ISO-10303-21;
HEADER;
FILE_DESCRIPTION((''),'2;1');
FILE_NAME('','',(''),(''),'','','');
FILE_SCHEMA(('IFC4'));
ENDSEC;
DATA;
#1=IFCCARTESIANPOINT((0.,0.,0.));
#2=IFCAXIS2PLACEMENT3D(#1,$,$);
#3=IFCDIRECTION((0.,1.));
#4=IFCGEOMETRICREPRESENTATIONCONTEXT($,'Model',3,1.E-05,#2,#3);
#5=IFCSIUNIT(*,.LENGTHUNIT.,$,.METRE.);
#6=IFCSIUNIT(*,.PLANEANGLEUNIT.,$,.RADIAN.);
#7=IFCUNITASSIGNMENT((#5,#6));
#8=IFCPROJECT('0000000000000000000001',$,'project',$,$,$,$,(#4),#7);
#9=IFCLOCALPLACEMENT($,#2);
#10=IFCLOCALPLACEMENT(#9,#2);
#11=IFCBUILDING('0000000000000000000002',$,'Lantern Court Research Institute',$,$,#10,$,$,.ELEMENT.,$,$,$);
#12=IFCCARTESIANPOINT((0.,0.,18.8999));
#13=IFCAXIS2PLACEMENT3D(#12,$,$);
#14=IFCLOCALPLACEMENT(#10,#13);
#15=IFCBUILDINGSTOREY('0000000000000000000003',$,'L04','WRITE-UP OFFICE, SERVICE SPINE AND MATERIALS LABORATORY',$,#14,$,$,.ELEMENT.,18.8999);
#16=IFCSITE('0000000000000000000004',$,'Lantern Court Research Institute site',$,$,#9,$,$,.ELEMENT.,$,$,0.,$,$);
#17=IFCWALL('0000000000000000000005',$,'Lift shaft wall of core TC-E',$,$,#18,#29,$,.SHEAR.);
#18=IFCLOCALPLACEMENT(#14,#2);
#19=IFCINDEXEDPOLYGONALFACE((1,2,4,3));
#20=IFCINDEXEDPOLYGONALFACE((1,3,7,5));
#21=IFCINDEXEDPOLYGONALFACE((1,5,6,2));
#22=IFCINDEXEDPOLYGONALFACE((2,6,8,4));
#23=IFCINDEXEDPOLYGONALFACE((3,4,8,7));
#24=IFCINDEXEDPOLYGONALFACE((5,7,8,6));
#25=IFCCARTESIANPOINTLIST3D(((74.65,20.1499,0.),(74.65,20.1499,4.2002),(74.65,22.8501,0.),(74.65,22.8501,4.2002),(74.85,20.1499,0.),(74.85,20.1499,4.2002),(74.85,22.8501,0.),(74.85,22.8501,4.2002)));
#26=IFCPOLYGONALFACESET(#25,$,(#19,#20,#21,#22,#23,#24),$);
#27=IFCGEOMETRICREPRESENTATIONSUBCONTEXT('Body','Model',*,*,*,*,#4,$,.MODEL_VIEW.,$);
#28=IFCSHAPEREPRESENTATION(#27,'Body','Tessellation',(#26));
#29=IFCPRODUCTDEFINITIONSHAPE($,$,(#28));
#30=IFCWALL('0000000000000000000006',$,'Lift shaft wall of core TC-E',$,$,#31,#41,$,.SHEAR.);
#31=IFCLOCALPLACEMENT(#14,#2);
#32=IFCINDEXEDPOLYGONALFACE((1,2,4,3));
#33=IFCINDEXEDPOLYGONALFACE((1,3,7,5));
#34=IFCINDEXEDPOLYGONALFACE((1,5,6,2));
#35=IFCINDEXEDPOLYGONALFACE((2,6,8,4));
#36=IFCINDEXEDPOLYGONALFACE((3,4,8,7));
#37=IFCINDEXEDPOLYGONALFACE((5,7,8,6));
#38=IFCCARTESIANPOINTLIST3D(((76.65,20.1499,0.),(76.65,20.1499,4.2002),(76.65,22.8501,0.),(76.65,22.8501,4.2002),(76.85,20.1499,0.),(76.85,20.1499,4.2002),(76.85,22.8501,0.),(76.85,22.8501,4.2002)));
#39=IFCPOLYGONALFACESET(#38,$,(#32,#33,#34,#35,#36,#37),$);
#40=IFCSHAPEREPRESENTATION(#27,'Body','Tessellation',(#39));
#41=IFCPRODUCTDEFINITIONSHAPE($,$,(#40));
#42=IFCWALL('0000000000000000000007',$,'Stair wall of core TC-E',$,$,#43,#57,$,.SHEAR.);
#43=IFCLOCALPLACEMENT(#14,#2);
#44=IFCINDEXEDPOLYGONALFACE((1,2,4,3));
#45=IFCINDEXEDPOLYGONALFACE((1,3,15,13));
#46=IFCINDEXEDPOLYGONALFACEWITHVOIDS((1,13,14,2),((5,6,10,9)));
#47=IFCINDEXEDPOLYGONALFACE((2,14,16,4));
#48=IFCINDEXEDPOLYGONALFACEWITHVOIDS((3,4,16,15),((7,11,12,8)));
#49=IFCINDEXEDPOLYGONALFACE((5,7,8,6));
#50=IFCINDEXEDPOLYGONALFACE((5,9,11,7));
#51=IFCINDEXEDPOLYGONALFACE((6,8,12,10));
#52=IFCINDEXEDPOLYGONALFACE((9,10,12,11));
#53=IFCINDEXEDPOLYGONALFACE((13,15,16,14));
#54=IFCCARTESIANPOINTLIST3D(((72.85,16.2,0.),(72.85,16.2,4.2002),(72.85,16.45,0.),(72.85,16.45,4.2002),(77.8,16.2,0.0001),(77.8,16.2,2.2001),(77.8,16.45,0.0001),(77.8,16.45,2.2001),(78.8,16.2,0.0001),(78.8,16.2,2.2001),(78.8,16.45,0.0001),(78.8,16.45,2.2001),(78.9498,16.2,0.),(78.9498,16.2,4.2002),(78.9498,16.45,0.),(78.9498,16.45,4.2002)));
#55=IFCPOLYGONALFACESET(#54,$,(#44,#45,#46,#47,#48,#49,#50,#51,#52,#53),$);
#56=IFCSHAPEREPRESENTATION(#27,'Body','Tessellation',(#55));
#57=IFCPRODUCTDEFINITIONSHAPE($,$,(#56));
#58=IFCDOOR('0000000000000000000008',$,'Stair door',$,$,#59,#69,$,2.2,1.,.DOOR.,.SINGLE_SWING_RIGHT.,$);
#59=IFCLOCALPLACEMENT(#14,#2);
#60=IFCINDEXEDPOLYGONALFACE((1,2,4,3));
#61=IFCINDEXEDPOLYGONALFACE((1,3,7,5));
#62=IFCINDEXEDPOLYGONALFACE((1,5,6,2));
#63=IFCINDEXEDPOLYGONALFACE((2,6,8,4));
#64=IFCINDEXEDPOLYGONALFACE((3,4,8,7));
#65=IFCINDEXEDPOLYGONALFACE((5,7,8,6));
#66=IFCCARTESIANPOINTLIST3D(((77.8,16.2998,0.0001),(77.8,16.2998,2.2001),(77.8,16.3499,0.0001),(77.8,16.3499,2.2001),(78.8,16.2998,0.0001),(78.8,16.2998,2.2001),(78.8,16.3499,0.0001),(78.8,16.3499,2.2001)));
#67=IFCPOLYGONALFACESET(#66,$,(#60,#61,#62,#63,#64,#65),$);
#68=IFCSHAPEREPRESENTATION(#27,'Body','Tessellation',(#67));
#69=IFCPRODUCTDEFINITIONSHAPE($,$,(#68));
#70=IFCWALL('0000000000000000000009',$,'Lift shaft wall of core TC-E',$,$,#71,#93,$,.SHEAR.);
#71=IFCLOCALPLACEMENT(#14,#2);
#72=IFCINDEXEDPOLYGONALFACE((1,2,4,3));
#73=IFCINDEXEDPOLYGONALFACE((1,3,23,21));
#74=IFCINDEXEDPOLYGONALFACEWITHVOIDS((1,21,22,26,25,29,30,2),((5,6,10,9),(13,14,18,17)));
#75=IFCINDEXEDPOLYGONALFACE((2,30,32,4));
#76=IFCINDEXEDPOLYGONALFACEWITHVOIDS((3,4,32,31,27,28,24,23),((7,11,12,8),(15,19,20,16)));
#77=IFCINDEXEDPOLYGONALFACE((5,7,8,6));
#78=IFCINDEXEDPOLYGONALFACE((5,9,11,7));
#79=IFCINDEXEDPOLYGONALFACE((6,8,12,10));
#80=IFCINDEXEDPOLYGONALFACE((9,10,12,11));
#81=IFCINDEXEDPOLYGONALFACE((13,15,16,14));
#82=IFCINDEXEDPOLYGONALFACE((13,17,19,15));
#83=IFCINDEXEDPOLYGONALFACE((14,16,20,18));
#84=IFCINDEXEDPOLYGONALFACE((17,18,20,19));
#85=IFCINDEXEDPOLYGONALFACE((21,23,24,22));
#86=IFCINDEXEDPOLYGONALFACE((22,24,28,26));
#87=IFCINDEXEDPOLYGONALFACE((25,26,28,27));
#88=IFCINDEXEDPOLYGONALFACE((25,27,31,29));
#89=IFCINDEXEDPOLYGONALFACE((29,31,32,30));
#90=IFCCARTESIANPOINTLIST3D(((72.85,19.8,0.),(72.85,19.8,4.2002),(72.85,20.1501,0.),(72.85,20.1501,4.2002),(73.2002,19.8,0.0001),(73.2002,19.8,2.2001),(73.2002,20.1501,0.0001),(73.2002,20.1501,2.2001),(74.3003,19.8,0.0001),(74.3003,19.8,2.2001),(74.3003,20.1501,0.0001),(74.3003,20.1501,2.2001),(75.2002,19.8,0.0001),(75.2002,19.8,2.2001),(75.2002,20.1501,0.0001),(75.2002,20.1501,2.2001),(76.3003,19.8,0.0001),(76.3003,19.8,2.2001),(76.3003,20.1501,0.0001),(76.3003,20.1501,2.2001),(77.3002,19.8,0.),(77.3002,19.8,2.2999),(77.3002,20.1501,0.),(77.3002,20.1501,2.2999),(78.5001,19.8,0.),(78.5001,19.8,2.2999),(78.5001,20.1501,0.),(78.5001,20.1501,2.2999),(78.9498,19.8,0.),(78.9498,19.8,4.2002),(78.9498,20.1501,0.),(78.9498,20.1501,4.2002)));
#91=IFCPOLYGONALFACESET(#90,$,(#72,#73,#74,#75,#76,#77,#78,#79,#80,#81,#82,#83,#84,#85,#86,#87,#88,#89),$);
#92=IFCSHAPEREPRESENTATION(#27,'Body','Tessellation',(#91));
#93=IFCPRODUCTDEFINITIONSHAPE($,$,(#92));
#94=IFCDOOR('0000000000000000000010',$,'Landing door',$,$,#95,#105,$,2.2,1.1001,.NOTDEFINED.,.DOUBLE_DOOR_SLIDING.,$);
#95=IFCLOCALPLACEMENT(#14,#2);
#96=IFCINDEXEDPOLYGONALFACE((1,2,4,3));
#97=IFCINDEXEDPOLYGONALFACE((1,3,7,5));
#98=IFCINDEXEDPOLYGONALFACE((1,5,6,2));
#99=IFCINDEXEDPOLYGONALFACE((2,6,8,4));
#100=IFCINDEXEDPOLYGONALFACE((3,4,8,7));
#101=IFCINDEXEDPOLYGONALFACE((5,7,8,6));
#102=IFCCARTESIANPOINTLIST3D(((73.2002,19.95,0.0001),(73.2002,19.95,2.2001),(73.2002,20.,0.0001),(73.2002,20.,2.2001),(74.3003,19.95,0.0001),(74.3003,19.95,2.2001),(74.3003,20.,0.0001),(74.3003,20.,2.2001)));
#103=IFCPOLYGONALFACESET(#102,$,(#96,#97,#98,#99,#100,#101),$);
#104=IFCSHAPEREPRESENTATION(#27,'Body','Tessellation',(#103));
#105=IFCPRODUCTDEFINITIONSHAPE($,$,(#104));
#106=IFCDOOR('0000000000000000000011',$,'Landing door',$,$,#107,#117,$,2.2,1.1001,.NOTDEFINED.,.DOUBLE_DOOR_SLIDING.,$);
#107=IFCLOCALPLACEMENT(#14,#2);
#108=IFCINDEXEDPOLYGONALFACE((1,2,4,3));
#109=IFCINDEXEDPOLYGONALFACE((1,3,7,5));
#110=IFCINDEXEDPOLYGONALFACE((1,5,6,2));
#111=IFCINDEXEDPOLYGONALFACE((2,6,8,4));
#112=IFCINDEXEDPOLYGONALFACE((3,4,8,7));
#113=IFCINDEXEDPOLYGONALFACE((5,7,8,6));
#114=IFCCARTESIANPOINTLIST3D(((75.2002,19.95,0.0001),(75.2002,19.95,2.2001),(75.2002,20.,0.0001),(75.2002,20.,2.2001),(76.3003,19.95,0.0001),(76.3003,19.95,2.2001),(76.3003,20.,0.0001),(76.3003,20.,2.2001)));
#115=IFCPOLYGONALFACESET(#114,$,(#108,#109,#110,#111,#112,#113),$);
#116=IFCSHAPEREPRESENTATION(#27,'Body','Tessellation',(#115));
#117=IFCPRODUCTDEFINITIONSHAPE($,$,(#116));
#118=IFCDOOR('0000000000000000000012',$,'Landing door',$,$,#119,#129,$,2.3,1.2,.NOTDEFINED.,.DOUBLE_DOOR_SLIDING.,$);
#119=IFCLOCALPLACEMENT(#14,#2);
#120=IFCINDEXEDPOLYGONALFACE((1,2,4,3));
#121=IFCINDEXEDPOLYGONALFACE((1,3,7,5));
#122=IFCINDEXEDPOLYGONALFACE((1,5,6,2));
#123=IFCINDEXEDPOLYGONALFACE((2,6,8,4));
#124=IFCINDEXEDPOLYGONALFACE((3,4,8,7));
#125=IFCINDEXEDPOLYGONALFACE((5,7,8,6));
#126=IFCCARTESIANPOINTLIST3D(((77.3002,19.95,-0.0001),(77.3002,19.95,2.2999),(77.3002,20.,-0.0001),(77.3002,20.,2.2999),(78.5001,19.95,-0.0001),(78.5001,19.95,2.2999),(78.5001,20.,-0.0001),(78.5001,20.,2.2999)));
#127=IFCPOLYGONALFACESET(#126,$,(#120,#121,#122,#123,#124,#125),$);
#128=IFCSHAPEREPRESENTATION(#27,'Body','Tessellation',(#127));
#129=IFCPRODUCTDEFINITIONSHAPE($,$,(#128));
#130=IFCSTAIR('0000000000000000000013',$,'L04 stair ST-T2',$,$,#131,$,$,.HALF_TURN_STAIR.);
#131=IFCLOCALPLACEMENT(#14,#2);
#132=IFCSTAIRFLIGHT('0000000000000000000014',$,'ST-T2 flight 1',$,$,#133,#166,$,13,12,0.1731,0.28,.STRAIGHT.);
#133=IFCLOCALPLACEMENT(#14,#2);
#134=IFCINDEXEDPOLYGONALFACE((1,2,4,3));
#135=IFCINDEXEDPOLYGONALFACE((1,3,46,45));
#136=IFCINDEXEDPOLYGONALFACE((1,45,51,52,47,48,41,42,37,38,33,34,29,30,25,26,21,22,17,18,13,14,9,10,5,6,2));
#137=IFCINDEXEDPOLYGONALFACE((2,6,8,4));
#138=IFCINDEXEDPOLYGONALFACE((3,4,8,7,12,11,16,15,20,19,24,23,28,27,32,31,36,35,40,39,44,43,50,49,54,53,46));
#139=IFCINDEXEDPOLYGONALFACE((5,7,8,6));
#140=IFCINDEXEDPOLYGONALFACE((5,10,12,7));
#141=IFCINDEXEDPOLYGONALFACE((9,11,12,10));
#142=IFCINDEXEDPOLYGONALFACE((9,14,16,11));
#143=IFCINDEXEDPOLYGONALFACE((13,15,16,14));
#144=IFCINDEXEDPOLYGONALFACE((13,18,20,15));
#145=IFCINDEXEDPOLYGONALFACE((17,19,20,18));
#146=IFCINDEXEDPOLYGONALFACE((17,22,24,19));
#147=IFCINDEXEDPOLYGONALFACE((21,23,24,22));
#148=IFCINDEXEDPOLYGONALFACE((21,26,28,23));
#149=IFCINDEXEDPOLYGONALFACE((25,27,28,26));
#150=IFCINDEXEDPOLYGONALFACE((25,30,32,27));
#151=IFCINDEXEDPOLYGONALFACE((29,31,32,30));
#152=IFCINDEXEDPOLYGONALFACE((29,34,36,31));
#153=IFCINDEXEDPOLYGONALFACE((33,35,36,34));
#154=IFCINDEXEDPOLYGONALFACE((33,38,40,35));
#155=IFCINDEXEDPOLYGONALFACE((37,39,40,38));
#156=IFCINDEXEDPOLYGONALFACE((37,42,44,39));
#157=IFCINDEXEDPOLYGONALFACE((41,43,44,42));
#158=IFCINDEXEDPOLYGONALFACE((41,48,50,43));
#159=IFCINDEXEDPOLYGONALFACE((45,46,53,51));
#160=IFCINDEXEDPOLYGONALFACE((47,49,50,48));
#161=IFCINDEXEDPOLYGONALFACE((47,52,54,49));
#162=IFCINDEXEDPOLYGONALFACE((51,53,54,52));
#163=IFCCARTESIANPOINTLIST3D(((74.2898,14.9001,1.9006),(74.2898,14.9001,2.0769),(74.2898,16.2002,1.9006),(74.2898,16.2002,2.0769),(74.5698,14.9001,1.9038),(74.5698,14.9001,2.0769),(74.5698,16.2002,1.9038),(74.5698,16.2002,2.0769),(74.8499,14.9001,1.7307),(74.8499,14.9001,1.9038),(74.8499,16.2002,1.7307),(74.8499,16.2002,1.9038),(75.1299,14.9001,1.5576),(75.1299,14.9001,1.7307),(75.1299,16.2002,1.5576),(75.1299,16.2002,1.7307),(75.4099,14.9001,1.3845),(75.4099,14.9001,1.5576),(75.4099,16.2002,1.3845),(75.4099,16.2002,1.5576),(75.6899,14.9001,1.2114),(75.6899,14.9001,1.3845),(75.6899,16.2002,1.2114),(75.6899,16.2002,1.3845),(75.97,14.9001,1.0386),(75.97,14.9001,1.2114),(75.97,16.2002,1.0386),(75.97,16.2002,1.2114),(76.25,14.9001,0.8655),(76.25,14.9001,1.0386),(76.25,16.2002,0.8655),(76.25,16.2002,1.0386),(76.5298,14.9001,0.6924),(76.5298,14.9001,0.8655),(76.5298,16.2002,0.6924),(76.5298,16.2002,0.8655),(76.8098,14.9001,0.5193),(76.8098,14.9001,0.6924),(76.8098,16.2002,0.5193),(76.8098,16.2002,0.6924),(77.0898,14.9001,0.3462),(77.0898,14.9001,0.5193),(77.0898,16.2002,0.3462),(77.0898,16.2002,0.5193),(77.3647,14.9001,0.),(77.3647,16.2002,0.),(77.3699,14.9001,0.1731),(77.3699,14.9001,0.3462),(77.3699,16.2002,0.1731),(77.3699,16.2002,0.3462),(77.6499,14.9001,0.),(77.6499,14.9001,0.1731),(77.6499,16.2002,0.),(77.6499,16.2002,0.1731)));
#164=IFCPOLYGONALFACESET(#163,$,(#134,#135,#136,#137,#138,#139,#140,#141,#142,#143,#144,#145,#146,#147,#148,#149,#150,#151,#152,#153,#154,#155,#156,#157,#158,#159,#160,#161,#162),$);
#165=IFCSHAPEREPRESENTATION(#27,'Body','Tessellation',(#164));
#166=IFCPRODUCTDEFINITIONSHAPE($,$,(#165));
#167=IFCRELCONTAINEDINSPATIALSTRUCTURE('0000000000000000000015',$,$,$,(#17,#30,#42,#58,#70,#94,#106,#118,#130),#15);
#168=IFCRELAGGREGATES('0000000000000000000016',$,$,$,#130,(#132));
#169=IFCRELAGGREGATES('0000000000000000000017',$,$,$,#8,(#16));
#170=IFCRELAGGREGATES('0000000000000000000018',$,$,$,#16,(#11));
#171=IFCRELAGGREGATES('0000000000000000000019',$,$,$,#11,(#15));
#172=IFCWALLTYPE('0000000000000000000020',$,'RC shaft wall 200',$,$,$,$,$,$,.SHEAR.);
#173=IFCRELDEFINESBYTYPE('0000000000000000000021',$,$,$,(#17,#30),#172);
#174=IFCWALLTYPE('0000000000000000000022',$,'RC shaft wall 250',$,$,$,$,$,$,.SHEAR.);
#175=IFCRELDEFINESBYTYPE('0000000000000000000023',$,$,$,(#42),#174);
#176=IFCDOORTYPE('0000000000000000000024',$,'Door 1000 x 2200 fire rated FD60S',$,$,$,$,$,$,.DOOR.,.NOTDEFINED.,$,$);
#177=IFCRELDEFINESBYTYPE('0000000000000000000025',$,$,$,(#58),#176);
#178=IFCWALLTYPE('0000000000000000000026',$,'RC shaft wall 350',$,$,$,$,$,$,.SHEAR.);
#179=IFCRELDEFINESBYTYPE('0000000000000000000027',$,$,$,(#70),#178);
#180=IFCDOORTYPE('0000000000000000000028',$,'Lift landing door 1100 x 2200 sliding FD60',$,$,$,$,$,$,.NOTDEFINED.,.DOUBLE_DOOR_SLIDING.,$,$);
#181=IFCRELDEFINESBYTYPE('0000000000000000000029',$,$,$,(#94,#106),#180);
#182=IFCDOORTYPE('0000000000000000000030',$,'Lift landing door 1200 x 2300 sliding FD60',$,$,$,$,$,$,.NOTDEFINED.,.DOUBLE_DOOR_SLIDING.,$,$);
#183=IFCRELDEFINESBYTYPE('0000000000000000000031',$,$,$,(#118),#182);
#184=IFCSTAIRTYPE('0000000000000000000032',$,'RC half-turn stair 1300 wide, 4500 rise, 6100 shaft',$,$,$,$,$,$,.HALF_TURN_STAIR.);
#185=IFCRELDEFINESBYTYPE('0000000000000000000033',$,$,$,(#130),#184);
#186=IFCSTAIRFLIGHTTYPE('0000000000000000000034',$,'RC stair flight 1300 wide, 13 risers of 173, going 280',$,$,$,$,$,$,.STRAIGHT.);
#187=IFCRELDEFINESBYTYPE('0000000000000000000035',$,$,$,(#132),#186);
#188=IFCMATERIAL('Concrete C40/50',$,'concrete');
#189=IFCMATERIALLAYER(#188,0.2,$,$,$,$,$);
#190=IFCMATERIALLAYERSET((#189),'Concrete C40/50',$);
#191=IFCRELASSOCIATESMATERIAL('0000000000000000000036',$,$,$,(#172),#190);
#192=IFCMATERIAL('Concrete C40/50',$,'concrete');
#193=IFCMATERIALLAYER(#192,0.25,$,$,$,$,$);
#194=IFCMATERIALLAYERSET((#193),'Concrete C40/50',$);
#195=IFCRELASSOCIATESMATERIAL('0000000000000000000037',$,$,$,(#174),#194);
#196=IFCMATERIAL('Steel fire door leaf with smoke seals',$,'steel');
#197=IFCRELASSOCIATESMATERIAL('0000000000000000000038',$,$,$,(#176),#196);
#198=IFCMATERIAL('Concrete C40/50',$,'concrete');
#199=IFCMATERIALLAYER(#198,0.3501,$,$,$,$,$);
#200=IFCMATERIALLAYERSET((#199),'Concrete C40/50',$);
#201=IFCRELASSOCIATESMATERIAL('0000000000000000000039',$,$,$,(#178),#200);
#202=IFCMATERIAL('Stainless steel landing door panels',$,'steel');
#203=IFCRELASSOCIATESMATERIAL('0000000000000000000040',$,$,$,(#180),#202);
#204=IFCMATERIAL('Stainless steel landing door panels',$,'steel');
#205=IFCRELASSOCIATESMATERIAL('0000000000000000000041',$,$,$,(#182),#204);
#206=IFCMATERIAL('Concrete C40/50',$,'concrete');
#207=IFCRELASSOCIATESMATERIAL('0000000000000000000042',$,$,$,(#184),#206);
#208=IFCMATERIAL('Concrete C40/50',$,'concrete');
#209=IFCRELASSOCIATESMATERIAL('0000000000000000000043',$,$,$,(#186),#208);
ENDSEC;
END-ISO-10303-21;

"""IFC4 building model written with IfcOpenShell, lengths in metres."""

from ifc_helpers import new_model, si_unit, direction, frame, frame_2d, origin, place, context, subcontext, project, spatial, polyline, rectangle, outline, extrude, material, layer, layer_set, type_object, element, fill, aggregate, save


model = new_model("IFC4")

# Units and contexts
model_context = context("Model", 3, precision=1e-05, world=origin(), true_north=direction((0.0, 1.0)))
body_context = subcontext(model_context, "Body", "Model", "MODEL_VIEW")
ifc_project = project(units=[si_unit("LENGTHUNIT", "METRE"), si_unit("PLANEANGLEUNIT", "RADIAN")], contexts=[model_context])

# Site, building, storey
site_placement = place(None, origin())
site = spatial("IfcSite", under=ifc_project, at=site_placement, Name="Lantern Court Research Institute site", CompositionType="ELEMENT", RefElevation=0.0)
building_placement = place(site_placement, origin())
building = spatial("IfcBuilding", under=site, at=building_placement, Name="Lantern Court Research Institute", CompositionType="ELEMENT")
storey_placement = place(building_placement, frame((0.0, 0.0, 18.8999)))
storey = spatial("IfcBuildingStorey", under=building, at=storey_placement, Name="L04", Description="WRITE-UP OFFICE, SERVICE SPINE AND MATERIALS LABORATORY", CompositionType="ELEMENT", Elevation=18.8999)

# Walls
ifc_material_1 = material(Name="Concrete C40/50", Category="concrete")
ifc_layer_1 = layer(ifc_material_1, 0.2)
ifc_layer_set_1 = layer_set([ifc_layer_1], Name="Concrete C40/50")
wall_type_1 = type_object("IfcWallType", Name="RC shaft wall 200", PredefinedType="SHEAR", material=ifc_layer_set_1)
for number, where, z_axis, x_axis, name in (
    (1, (74.75, 20.1499, 0.0), (0.0, 0.0, 1.0), (0.0, 1.0, 0.0), "Lift shaft wall of core TC-E"),
    (2, (76.75, 20.1499, 0.0), (0.0, 0.0, 1.0), (0.0, 1.0, 0.0), "Lift shaft wall of core TC-E"),
):
    element("IfcWall", number, at=place(storey_placement, frame(where, z_axis=z_axis, x_axis=x_axis)), inside=storey, type_object=wall_type_1, Name=name, PredefinedType="SHEAR", context=body_context, shape_type="SweptSolid", body=[
        extrude(rectangle(XDim=2.7002, YDim=0.2, at=frame_2d((1.3501, 0.0))), origin(), (0.0, 0.0, 1.0), 4.2002),
    ])

# Wall, opening, door
ifc_material_2 = material(Name="Concrete C40/50", Category="concrete")
ifc_layer_2 = layer(ifc_material_2, 0.25)
ifc_layer_set_2 = layer_set([ifc_layer_2], Name="Concrete C40/50")
wall_type_2 = type_object("IfcWallType", Name="RC shaft wall 250", PredefinedType="SHEAR", material=ifc_layer_set_2)
wall_1_placement = place(storey_placement, frame((72.8501, 16.325, 0.0), z_axis=(0.0, 0.0, 1.0), x_axis=(1.0, 0.0, 0.0)))
wall_1 = element("IfcWall", 3, at=wall_1_placement, inside=storey, type_object=wall_type_2, Name="Stair wall of core TC-E", PredefinedType="SHEAR", context=body_context, shape_type="SweptSolid", body=[
    extrude(rectangle(XDim=6.0999, YDim=0.25, at=frame_2d((3.0498, 0.0))), origin(), (0.0, 0.0, 1.0), 4.2002),
])
opening_1_placement = place(wall_1_placement, frame((4.95, 0.0, 0.0)))
opening_1 = element("IfcOpeningElement", 4, at=opening_1_placement, cuts=wall_1, PredefinedType="OPENING", context=body_context, shape_type="SweptSolid", body=[
    extrude(rectangle(XDim=1.0, YDim=2.2, at=frame_2d((0.5, 1.1001))), frame((0.0, 0.135, 0.0), z_axis=(0.0, -1.0, 0.0), x_axis=(1.0, 0.0, 0.0)), (0.0, 0.0, 1.0), 0.27),
])
ifc_material_3 = material(Name="Steel fire door leaf with smoke seals", Category="steel")
door_type_1 = type_object("IfcDoorType", Name="Door 1000 x 2200 fire rated FD60S", OperationType="NOTDEFINED", PredefinedType="DOOR", material=ifc_material_3)
door_1_placement = place(opening_1_placement, origin())
door_1 = element("IfcDoor", 5, at=door_1_placement, inside=storey, type_object=door_type_1, Name="Stair door", OperationType="SINGLE_SWING_RIGHT", OverallHeight=2.2, OverallWidth=1.0, PredefinedType="DOOR", context=body_context, shape_type="SweptSolid", body=[
    extrude(rectangle(XDim=1.0, YDim=2.2, at=frame_2d((0.5, 1.1001))), frame((0.0, 0.0249, 0.0), z_axis=(0.0, -1.0, 0.0), x_axis=(1.0, 0.0, 0.0)), (0.0, 0.0, 1.0), 0.05),
])
fill(opening_1, door_1)

# Wall, openings, doors
ifc_material_4 = material(Name="Concrete C40/50", Category="concrete")
ifc_layer_3 = layer(ifc_material_4, 0.3501)
ifc_layer_set_3 = layer_set([ifc_layer_3], Name="Concrete C40/50")
wall_type_3 = type_object("IfcWallType", Name="RC shaft wall 350", PredefinedType="SHEAR", material=ifc_layer_set_3)
wall_2_placement = place(storey_placement, frame((72.8501, 19.9751, 0.0), z_axis=(0.0, 0.0, 1.0), x_axis=(1.0, 0.0, 0.0)))
wall_2 = element("IfcWall", 6, at=wall_2_placement, inside=storey, type_object=wall_type_3, Name="Lift shaft wall of core TC-E", PredefinedType="SHEAR", context=body_context, shape_type="SweptSolid", body=[
    extrude(rectangle(XDim=6.0999, YDim=0.3501, at=frame_2d((3.0498, 0.0))), origin(), (0.0, 0.0, 1.0), 4.2002),
])
opening_2_placement = place(wall_2_placement, frame((0.3501, 0.0, 0.0)))
opening_2 = element("IfcOpeningElement", 7, at=opening_2_placement, cuts=wall_2, PredefinedType="OPENING", context=body_context, shape_type="SweptSolid", body=[
    extrude(rectangle(XDim=1.1001, YDim=2.2, at=frame_2d((0.55, 1.1001))), frame((0.0, 0.1851, 0.0), z_axis=(0.0, -1.0, 0.0), x_axis=(1.0, 0.0, 0.0)), (0.0, 0.0, 1.0), 0.3701),
])
opening_3_placement = place(wall_2_placement, frame((2.3501, 0.0, 0.0)))
opening_3 = element("IfcOpeningElement", 8, at=opening_3_placement, cuts=wall_2, PredefinedType="OPENING", context=body_context, shape_type="SweptSolid", body=[
    extrude(rectangle(XDim=1.1001, YDim=2.2, at=frame_2d((0.55, 1.1001))), frame((0.0, 0.1851, 0.0), z_axis=(0.0, -1.0, 0.0), x_axis=(1.0, 0.0, 0.0)), (0.0, 0.0, 1.0), 0.3701),
])
opening_4_placement = place(wall_2_placement, frame((4.45, 0.0, 0.0)))
opening_4 = element("IfcOpeningElement", 9, at=opening_4_placement, cuts=wall_2, PredefinedType="OPENING", context=body_context, shape_type="SweptSolid", body=[
    extrude(rectangle(XDim=1.2, YDim=2.3, at=frame_2d((0.6001, 1.1499))), frame((0.0, 0.1851, 0.0), z_axis=(0.0, -1.0, 0.0), x_axis=(1.0, 0.0, 0.0)), (0.0, 0.0, 1.0), 0.3701),
])
ifc_material_5 = material(Name="Stainless steel landing door panels", Category="steel")
door_type_2 = type_object("IfcDoorType", Name="Lift landing door 1100 x 2200 sliding FD60", OperationType="DOUBLE_DOOR_SLIDING", PredefinedType="NOTDEFINED", material=ifc_material_5)
door_2_placement = place(opening_2_placement, origin())
door_2 = element("IfcDoor", 10, at=door_2_placement, inside=storey, type_object=door_type_2, Name="Landing door", OperationType="DOUBLE_DOOR_SLIDING", OverallHeight=2.2, OverallWidth=1.1001, PredefinedType="NOTDEFINED", context=body_context, shape_type="SweptSolid", body=[
    extrude(rectangle(XDim=1.1001, YDim=2.2, at=frame_2d((0.55, 1.1001))), frame((0.0, 0.0249, 0.0), z_axis=(0.0, -1.0, 0.0), x_axis=(1.0, 0.0, 0.0)), (0.0, 0.0, 1.0), 0.05),
])
fill(opening_2, door_2)
door_3_placement = place(opening_3_placement, origin())
door_3 = element("IfcDoor", 11, at=door_3_placement, inside=storey, type_object=door_type_2, Name="Landing door", OperationType="DOUBLE_DOOR_SLIDING", OverallHeight=2.2, OverallWidth=1.1001, PredefinedType="NOTDEFINED", context=body_context, shape_type="SweptSolid", body=[
    extrude(rectangle(XDim=1.1001, YDim=2.2, at=frame_2d((0.55, 1.1001))), frame((0.0, 0.0249, 0.0), z_axis=(0.0, -1.0, 0.0), x_axis=(1.0, 0.0, 0.0)), (0.0, 0.0, 1.0), 0.05),
])
fill(opening_3, door_3)
ifc_material_6 = material(Name="Stainless steel landing door panels", Category="steel")
door_type_3 = type_object("IfcDoorType", Name="Lift landing door 1200 x 2300 sliding FD60", OperationType="DOUBLE_DOOR_SLIDING", PredefinedType="NOTDEFINED", material=ifc_material_6)
door_4_placement = place(opening_4_placement, origin())
door_4 = element("IfcDoor", 12, at=door_4_placement, inside=storey, type_object=door_type_3, Name="Landing door", OperationType="DOUBLE_DOOR_SLIDING", OverallHeight=2.3, OverallWidth=1.2, PredefinedType="NOTDEFINED", context=body_context, shape_type="SweptSolid", body=[
    extrude(rectangle(XDim=1.2, YDim=2.3, at=frame_2d((0.6001, 1.1499))), frame((0.0, 0.0249, 0.0), z_axis=(0.0, -1.0, 0.0), x_axis=(1.0, 0.0, 0.0)), (0.0, 0.0, 1.0), 0.05),
])
fill(opening_4, door_4)

# Stair, stair flight
ifc_material_7 = material(Name="Concrete C40/50", Category="concrete")
stair_type = type_object("IfcStairType", Name="RC half-turn stair 1300 wide, 4500 rise, 6100 shaft", PredefinedType="HALF_TURN_STAIR", material=ifc_material_7)
stair_placement = place(storey_placement, origin())
stair = element("IfcStair", 13, at=stair_placement, inside=storey, type_object=stair_type, Name="L04 stair ST-T2", PredefinedType="HALF_TURN_STAIR")
ifc_material_8 = material(Name="Concrete C40/50", Category="concrete")
stair_flight_type = type_object("IfcStairFlightType", Name="RC stair flight 1300 wide, 13 risers of 173, going 280", PredefinedType="STRAIGHT", material=ifc_material_8)
stair_flight_placement = place(storey_placement, frame((77.6499, 15.55, 0.0), z_axis=(0.0, 0.0, 1.0), x_axis=(-1.0, 0.0, 0.0)))
stair_flight = element("IfcStairFlight", 14, at=stair_flight_placement, type_object=stair_flight_type, Name="ST-T2 flight 1", NumberOfRisers=13, NumberOfTreads=12, PredefinedType="STRAIGHT", RiserHeight=0.1731, TreadLength=0.28, context=body_context, shape_type="SweptSolid", body=[
    extrude(outline(polyline([(0.0, 0.0), (0.0, 0.1731), (0.28, 0.1731), (0.28, 0.3462), (0.5601, 0.3462), (0.5601, 0.5193), (0.8401, 0.5193), (0.8401, 0.6924), (1.1201, 0.6924), (1.1201, 0.8655), (1.3999, 0.8655), (1.3999, 1.0386), (1.6799, 1.0386), (1.6799, 1.2114), (1.96, 1.2114), (1.96, 1.3845), (2.24, 1.3845), (2.24, 1.5576), (2.52, 1.5576), (2.52, 1.7307), (2.8, 1.7307), (2.8, 1.9038), (3.0801, 1.9038), (3.0801, 2.0769), (3.3601, 2.0769), (3.3601, 2.25), (3.3601, 1.9006), (0.2852, 0.0), (0.0, 0.0)])), frame((0.0, 0.6499, 0.0), z_axis=(0.0, -1.0, 0.0), x_axis=(1.0, 0.0, 0.0)), (0.0, 0.0, 1.0), 1.3),
])
aggregate(stair, [stair_flight])

save(model, "model.ifc")
